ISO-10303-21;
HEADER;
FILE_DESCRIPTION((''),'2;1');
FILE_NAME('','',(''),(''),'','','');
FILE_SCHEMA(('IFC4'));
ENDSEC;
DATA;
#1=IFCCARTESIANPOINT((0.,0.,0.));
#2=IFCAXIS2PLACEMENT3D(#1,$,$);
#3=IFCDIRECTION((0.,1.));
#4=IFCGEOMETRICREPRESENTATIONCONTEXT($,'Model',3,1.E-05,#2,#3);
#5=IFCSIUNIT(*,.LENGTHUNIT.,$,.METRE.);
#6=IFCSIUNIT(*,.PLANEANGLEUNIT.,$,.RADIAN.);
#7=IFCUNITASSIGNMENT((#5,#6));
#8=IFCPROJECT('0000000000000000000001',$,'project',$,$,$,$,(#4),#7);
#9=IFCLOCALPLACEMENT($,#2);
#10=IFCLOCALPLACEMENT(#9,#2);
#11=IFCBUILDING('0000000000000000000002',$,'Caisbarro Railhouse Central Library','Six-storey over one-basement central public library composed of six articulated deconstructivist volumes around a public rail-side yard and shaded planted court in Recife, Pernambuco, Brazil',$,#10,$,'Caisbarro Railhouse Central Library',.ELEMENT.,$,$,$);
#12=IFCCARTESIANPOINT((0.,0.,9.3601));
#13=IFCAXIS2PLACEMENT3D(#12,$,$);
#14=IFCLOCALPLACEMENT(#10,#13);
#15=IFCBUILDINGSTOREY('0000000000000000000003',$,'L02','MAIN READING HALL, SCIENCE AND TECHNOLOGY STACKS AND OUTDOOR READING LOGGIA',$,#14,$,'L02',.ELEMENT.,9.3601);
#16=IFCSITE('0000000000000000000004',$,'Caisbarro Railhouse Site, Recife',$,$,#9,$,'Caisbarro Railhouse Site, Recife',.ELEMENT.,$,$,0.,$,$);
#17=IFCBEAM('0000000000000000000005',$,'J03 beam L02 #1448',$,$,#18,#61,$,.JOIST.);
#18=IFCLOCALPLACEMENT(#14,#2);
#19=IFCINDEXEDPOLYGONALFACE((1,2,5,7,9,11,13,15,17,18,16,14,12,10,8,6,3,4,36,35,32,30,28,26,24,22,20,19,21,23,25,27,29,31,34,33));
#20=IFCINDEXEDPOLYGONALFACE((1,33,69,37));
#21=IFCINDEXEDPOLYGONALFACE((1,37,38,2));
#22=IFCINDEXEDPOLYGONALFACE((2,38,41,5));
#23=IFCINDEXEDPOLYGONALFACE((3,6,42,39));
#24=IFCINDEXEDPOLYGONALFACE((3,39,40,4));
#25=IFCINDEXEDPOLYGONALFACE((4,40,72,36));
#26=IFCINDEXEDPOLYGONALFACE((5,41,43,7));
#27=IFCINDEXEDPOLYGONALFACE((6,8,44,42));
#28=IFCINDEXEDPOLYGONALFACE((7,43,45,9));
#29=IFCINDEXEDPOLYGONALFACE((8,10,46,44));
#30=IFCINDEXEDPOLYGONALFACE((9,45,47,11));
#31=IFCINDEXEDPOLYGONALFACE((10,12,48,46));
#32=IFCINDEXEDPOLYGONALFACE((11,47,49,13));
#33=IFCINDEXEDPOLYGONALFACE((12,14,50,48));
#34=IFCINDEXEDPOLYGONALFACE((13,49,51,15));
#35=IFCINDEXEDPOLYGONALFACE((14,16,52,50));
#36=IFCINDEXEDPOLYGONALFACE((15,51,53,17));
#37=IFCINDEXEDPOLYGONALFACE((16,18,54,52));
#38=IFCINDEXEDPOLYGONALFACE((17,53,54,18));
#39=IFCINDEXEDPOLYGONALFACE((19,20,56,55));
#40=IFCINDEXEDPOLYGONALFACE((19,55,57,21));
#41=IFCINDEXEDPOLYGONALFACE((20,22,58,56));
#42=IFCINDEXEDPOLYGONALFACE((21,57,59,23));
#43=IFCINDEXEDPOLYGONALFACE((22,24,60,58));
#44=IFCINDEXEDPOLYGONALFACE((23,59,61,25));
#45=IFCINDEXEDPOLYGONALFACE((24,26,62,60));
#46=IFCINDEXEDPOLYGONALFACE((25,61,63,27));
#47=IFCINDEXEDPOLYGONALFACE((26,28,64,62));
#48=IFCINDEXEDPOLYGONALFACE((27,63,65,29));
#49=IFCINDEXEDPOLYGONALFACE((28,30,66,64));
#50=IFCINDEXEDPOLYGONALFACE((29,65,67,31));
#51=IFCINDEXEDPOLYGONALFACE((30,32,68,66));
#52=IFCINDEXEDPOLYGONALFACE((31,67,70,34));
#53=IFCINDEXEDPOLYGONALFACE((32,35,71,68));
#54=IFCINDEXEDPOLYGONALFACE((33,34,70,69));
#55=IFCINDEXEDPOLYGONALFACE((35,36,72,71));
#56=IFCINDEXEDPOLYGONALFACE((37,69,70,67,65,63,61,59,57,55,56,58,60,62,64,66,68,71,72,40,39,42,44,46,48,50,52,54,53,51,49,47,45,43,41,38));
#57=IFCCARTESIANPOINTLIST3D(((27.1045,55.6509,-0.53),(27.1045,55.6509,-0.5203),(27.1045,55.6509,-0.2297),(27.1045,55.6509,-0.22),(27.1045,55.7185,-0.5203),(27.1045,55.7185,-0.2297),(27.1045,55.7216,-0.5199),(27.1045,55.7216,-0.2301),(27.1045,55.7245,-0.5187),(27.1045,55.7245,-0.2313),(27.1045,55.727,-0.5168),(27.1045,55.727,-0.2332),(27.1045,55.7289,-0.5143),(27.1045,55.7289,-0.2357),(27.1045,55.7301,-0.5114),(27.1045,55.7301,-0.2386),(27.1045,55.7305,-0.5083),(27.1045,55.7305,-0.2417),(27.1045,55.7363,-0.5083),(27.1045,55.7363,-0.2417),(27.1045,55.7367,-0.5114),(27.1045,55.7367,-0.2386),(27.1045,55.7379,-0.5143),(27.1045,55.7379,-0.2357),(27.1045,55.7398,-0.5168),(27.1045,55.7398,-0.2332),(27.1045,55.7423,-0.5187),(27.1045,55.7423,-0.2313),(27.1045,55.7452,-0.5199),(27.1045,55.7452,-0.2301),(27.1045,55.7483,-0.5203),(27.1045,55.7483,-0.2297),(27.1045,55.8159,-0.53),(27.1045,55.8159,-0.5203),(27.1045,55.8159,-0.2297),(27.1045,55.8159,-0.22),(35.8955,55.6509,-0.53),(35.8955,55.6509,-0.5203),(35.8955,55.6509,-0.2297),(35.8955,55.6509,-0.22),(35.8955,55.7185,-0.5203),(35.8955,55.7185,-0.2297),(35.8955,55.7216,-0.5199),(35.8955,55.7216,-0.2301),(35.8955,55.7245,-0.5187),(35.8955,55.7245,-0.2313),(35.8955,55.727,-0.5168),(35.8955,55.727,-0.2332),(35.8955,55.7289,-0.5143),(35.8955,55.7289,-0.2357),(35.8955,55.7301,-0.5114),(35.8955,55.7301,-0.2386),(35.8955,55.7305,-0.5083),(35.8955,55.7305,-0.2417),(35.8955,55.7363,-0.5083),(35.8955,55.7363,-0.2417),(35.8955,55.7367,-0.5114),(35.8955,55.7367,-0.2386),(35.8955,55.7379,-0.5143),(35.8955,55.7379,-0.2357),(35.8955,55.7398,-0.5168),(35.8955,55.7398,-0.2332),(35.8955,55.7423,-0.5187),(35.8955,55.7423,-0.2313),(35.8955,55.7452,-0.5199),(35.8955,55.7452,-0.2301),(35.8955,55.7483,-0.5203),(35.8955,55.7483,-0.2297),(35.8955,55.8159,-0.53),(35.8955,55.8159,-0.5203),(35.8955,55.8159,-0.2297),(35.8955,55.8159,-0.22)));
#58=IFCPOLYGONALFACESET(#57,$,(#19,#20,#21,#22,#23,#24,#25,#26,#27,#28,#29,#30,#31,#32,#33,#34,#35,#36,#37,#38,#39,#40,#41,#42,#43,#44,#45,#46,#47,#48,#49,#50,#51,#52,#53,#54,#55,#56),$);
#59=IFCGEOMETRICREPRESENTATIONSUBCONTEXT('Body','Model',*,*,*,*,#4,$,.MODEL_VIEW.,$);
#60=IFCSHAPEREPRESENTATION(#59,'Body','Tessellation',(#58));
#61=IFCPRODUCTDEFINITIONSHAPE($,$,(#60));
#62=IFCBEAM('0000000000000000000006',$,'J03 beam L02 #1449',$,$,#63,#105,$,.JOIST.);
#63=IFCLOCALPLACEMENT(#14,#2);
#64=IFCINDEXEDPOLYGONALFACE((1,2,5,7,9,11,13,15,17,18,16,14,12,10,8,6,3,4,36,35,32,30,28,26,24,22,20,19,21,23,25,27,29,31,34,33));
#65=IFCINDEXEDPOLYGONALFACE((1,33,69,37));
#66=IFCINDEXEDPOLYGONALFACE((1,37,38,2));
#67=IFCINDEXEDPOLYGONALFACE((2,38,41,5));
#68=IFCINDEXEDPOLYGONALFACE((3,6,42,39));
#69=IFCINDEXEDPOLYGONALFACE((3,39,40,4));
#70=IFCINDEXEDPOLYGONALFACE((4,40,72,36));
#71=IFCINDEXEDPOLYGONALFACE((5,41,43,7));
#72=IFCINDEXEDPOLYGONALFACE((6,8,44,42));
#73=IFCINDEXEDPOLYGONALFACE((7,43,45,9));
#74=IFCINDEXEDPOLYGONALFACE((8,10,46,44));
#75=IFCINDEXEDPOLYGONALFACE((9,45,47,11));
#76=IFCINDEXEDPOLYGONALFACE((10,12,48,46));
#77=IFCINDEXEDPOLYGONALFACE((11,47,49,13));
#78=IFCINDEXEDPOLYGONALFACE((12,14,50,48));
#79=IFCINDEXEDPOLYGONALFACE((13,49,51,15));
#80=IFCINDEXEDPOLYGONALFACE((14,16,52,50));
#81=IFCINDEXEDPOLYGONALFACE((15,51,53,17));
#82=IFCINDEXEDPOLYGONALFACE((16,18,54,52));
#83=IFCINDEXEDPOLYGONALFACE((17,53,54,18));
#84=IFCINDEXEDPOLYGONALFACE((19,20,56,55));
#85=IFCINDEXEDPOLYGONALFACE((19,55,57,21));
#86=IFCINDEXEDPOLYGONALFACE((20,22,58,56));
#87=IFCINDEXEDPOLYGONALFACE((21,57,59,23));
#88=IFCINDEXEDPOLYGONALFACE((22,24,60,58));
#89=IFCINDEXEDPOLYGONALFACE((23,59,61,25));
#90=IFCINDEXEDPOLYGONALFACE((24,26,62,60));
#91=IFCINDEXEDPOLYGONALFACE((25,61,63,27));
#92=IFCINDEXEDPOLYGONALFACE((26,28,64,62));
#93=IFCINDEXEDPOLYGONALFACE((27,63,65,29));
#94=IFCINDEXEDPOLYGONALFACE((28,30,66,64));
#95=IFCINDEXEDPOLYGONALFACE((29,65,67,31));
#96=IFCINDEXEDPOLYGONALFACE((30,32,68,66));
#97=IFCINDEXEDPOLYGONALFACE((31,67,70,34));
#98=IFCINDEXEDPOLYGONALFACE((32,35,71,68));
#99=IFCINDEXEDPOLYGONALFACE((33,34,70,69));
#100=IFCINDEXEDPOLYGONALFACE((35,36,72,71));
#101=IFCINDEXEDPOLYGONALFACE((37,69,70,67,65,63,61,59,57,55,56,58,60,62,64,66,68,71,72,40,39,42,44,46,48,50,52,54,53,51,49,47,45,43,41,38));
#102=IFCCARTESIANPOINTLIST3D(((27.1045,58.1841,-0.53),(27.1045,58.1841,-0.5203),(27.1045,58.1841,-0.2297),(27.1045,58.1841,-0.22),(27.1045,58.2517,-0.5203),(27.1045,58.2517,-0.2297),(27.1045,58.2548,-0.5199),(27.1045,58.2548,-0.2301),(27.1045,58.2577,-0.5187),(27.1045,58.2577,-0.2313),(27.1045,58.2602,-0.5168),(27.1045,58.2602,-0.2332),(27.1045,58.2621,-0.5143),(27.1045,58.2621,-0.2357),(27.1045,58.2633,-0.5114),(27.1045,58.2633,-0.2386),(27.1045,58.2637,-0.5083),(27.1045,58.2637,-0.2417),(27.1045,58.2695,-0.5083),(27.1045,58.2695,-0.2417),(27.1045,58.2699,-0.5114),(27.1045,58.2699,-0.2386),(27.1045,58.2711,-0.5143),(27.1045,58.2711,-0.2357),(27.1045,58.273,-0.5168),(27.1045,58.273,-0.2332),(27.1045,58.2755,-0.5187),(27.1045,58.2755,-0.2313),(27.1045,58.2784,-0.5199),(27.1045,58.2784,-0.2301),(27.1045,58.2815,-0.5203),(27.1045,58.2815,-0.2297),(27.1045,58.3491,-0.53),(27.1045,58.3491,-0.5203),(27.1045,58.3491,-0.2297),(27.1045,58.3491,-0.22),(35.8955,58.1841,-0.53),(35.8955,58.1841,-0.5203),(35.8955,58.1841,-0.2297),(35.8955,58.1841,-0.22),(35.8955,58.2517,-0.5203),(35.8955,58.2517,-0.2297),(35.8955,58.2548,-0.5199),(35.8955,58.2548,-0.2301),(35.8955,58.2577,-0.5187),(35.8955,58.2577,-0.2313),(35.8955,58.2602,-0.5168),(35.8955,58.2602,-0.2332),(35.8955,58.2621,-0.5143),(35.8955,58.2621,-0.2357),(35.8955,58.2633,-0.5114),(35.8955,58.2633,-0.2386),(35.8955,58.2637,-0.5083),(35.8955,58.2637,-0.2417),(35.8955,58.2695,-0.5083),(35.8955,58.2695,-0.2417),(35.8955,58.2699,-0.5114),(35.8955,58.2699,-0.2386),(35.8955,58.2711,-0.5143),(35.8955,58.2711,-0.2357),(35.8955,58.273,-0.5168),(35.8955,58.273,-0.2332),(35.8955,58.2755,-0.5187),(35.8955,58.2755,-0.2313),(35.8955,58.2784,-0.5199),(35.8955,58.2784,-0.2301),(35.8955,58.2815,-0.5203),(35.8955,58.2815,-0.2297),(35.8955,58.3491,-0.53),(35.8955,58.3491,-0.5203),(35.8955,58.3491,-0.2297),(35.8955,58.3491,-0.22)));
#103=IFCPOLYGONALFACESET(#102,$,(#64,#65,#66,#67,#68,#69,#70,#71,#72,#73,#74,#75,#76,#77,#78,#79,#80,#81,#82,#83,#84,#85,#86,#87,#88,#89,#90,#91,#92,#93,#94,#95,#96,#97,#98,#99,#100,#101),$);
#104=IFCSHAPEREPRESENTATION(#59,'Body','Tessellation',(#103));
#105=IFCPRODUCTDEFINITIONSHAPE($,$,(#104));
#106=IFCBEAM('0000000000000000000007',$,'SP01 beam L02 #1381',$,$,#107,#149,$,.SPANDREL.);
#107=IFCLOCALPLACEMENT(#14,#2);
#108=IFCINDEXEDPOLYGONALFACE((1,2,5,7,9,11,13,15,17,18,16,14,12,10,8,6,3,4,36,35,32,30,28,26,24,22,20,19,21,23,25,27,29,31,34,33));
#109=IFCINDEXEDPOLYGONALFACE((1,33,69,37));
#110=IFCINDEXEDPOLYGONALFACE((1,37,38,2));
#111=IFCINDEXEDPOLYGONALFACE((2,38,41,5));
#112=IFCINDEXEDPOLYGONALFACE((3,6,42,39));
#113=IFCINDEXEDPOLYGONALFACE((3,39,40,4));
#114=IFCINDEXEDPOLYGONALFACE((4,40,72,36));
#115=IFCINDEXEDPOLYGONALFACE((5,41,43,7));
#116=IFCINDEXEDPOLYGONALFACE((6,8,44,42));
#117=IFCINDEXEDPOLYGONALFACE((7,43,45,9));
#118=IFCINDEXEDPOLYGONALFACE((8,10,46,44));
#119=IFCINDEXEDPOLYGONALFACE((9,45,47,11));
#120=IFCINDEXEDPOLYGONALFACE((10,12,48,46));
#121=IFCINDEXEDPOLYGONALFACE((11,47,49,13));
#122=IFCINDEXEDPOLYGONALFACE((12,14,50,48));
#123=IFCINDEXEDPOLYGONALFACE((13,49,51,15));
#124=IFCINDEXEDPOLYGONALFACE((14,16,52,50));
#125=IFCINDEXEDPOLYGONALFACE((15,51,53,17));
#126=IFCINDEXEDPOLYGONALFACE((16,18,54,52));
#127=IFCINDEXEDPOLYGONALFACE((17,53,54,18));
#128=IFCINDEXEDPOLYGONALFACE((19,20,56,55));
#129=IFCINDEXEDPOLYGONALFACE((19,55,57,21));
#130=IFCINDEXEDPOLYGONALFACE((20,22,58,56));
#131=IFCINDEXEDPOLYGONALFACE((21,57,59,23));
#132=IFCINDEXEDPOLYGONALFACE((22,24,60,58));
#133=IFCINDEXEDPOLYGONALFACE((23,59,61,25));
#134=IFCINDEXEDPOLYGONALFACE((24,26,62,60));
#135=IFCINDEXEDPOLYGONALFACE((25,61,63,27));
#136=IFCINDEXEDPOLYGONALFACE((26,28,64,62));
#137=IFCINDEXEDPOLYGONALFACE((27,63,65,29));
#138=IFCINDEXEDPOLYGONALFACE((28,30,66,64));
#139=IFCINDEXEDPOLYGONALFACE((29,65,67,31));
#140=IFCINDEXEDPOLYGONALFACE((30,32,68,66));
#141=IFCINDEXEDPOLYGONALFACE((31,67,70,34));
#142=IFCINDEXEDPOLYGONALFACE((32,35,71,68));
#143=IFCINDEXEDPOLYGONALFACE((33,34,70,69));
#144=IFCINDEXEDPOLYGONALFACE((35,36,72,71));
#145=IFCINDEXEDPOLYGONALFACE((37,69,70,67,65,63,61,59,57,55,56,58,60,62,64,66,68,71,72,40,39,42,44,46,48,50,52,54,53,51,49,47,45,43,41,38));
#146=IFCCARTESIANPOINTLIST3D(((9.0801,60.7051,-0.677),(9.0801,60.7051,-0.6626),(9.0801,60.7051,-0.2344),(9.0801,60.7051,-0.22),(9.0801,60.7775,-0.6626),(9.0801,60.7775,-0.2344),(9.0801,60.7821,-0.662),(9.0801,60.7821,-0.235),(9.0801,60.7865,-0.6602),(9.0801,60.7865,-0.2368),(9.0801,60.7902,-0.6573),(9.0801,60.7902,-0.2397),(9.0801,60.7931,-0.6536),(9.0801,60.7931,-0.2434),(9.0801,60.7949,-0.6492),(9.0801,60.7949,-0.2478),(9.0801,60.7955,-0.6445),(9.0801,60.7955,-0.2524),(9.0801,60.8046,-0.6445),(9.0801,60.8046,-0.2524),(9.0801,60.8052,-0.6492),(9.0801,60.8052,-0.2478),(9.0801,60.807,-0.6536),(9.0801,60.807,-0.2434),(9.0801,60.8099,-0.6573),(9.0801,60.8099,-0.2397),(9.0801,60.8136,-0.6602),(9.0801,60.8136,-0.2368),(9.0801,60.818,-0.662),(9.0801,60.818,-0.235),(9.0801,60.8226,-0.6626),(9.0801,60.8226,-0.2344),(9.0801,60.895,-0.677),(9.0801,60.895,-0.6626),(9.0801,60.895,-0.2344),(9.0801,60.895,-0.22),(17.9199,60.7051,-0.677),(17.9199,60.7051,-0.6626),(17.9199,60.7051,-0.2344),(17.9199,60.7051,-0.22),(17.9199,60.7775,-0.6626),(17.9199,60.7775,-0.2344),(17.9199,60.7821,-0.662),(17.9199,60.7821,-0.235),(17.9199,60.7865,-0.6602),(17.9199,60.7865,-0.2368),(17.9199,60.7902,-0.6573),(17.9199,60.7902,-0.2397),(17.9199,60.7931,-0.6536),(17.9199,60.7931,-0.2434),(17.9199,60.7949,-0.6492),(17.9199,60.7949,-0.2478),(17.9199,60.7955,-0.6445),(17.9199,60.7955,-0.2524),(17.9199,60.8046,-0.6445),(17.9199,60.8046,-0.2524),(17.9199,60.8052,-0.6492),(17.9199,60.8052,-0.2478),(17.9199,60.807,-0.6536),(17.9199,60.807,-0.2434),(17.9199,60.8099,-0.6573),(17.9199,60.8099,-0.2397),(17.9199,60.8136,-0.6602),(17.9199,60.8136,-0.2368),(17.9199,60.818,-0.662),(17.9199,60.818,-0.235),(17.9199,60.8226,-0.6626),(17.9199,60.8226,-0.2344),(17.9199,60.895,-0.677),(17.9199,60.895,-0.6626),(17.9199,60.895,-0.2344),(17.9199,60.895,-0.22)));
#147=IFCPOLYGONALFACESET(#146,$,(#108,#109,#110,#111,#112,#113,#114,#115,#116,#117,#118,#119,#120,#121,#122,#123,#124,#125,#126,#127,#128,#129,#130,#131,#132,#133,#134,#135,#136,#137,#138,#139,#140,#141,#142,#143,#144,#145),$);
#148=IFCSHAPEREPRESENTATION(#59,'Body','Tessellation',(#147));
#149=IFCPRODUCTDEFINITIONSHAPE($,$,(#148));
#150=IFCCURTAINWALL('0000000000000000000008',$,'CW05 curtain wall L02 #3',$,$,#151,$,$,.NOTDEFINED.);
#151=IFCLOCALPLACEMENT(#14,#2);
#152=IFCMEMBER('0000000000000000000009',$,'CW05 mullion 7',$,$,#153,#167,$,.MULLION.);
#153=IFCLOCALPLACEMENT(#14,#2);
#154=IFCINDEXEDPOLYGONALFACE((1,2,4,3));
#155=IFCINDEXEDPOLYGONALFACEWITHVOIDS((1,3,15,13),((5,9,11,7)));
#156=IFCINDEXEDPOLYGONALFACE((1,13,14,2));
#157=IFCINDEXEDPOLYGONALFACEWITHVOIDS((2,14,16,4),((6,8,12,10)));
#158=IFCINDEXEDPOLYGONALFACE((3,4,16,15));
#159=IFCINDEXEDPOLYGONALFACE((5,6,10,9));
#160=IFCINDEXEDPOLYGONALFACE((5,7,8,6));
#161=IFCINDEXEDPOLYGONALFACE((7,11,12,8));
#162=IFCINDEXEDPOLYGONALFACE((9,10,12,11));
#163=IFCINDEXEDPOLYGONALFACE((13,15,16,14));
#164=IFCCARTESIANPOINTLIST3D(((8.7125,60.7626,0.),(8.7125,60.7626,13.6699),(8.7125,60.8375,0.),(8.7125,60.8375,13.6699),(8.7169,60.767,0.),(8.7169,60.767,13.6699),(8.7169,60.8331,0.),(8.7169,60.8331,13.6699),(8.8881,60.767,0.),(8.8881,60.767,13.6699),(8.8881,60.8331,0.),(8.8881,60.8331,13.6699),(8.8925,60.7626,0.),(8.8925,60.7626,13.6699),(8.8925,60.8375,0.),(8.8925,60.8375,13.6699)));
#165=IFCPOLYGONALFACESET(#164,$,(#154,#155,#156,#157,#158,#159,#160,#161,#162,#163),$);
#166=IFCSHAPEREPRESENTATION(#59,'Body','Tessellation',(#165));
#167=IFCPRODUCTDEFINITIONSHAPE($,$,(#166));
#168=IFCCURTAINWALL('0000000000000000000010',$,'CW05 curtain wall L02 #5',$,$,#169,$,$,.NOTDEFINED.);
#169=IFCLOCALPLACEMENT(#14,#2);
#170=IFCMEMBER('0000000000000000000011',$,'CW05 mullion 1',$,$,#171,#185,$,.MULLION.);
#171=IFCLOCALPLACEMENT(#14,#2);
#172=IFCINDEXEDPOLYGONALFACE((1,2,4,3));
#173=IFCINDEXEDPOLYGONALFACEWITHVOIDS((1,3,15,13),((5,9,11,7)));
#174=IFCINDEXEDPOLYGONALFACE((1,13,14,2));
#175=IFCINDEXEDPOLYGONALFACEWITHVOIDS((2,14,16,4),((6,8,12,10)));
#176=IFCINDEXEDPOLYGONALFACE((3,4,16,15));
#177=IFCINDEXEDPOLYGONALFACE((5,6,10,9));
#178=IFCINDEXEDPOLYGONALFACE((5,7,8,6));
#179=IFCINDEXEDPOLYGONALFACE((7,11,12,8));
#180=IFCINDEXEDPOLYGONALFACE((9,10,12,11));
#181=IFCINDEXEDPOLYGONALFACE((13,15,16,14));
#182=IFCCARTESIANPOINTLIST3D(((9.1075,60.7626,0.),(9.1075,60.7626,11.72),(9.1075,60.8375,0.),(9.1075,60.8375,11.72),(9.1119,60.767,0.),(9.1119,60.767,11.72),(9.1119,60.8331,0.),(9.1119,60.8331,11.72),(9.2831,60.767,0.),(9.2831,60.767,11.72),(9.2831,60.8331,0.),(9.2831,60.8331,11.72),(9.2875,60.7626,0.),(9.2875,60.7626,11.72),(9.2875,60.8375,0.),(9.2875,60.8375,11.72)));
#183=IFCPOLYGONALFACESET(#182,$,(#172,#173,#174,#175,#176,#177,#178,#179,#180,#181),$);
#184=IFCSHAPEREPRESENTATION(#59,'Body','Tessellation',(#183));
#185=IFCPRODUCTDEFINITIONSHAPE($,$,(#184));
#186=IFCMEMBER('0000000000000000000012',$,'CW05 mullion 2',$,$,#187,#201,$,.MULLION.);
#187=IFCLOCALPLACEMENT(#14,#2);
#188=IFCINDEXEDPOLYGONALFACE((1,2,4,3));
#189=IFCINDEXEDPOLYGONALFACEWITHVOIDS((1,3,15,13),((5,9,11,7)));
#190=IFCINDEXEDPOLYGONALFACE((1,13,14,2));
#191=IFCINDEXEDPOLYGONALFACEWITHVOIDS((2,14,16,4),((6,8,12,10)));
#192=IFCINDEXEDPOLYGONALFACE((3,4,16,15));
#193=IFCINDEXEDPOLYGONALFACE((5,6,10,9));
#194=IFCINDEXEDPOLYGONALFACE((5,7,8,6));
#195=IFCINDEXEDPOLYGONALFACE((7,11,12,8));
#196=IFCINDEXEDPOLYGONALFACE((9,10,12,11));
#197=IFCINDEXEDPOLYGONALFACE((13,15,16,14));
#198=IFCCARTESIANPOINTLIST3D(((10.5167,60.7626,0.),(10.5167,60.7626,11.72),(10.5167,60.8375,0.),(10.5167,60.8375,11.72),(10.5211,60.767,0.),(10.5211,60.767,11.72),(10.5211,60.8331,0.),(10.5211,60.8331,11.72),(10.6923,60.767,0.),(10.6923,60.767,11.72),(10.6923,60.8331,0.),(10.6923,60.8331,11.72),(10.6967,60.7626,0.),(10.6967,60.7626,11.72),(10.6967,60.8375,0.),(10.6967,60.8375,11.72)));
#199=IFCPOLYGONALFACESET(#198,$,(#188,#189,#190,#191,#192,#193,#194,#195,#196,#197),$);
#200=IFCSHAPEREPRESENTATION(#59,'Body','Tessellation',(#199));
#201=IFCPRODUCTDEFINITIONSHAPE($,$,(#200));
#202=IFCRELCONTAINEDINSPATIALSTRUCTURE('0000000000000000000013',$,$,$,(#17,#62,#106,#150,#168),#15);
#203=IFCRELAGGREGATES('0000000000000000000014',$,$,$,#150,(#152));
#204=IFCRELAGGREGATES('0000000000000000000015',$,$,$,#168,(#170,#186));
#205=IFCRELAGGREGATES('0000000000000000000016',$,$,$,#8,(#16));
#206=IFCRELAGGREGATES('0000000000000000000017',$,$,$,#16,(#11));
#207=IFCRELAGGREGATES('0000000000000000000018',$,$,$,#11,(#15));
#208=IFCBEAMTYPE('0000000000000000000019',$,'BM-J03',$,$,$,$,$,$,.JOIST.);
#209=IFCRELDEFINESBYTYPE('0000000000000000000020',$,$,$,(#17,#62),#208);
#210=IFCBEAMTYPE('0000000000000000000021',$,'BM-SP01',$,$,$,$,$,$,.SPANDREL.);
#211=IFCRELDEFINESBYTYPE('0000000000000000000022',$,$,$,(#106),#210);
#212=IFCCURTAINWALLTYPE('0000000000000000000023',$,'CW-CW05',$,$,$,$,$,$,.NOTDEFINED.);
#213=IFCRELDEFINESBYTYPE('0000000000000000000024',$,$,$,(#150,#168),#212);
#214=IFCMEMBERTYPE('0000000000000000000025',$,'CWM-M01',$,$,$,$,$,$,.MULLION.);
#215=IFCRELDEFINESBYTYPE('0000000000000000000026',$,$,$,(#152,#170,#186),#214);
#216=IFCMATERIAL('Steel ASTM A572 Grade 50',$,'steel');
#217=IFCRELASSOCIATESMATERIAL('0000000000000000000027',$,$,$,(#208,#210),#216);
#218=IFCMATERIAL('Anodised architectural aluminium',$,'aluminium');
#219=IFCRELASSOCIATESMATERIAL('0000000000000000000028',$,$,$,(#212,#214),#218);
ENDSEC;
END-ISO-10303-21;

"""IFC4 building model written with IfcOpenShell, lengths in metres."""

from ifc_helpers import new_model, si_unit, direction, frame, origin, origin_2d, place, context, subcontext, project, spatial, hollow_rectangle, i_section, extrude, material, material_profile, profile_set, type_object, element, aggregate, save


model = new_model("IFC4")

# Units and contexts
model_context = context("Model", 3, precision=1e-05, world=origin(), true_north=direction((0.0, 1.0)))
body_context = subcontext(model_context, "Body", "Model", "MODEL_VIEW")
ifc_project = project(units=[si_unit("LENGTHUNIT", "METRE"), si_unit("PLANEANGLEUNIT", "RADIAN")], contexts=[model_context])

# Site, building, storey
site_placement = place(None, origin())
site = spatial("IfcSite", under=ifc_project, at=site_placement, Name="Caisbarro Railhouse Site, Recife", LongName="Caisbarro Railhouse Site, Recife", CompositionType="ELEMENT", RefElevation=0.0)
building_placement = place(site_placement, origin())
building = spatial("IfcBuilding", under=site, at=building_placement, Name="Caisbarro Railhouse Central Library", Description="Six-storey over one-basement central public library composed of six articulated deconstructivist volumes around a public rail-side yard and shaded planted court in Recife, Pernambuco, Brazil", LongName="Caisbarro Railhouse Central Library", CompositionType="ELEMENT")
storey_placement = place(building_placement, frame((0.0, 0.0, 9.3601)))
storey = spatial("IfcBuildingStorey", under=building, at=storey_placement, Name="L02", Description="MAIN READING HALL, SCIENCE AND TECHNOLOGY STACKS AND OUTDOOR READING LOGGIA", LongName="L02", CompositionType="ELEMENT", Elevation=9.3601)

# Shared definitions
ifc_material_1 = material(Name="Steel ASTM A572 Grade 50", Category="steel")

# Beams
ifc_material_profile_1 = material_profile(ifc_material_1, i_section(OverallWidth=0.165, OverallDepth=0.3101, WebThickness=0.0059, FlangeThickness=0.0098, FilletRadius=0.012, at=origin_2d()), Name="W310X38.7")
ifc_profile_set_1 = profile_set([ifc_material_profile_1], Name="Steel ASTM A572 Grade 50")
beam_type_1 = type_object("IfcBeamType", Name="BM-J03", PredefinedType="JOIST", material=ifc_profile_set_1)
for number, where, z_axis, x_axis, name in (
    (1, (27.1045, 55.7334, -0.375), (1.0, 0.0, 0.0), (0.0, 1.0, 0.0), "J03 beam L02 #1448"),
    (2, (27.1045, 58.2666, -0.375), (1.0, 0.0, 0.0), (0.0, 1.0, 0.0), "J03 beam L02 #1449"),
):
    element("IfcBeam", number, at=place(storey_placement, frame(where, z_axis=z_axis, x_axis=x_axis)), inside=storey, type_object=beam_type_1, Name=name, PredefinedType="JOIST", context=body_context, shape_type="SweptSolid", body=[
        extrude(i_section(OverallWidth=0.165, OverallDepth=0.3101, WebThickness=0.0059, FlangeThickness=0.0098, FilletRadius=0.012, at=origin_2d()), origin(), (0.0, 0.0, 1.0), 8.791),
    ])
ifc_material_profile_2 = material_profile(ifc_material_1, i_section(OverallWidth=0.1899, OverallDepth=0.457, WebThickness=0.009, FlangeThickness=0.0144, FilletRadius=0.0181, at=origin_2d()), Name="W460X74.0")
ifc_profile_set_2 = profile_set([ifc_material_profile_2], Name="Steel ASTM A572 Grade 50")
beam_type_2 = type_object("IfcBeamType", Name="BM-SP01", PredefinedType="SPANDREL", material=ifc_profile_set_2)
beam_placement = place(storey_placement, frame((9.0801, 60.8, -0.4485), z_axis=(1.0, 0.0, 0.0), x_axis=(0.0, 1.0, 0.0)))
element("IfcBeam", 3, at=beam_placement, inside=storey, type_object=beam_type_2, Name="SP01 beam L02 #1381", PredefinedType="SPANDREL", context=body_context, shape_type="SweptSolid", body=[
    extrude(i_section(OverallWidth=0.1899, OverallDepth=0.457, WebThickness=0.009, FlangeThickness=0.0144, FilletRadius=0.0181, at=origin_2d()), origin(), (0.0, 0.0, 1.0), 8.8398),
])

# Curtain wall, member
ifc_material_2 = material(Name="Anodised architectural aluminium", Category="aluminium")
curtain_wall_type = type_object("IfcCurtainWallType", Name="CW-CW05", PredefinedType="NOTDEFINED", material=ifc_material_2)
curtain_wall_1_placement = place(storey_placement, origin())
curtain_wall_1 = element("IfcCurtainWall", 4, at=curtain_wall_1_placement, inside=storey, type_object=curtain_wall_type, Name="CW05 curtain wall L02 #3", PredefinedType="NOTDEFINED")
ifc_material_profile_3 = material_profile(ifc_material_2, hollow_rectangle(XDim=0.075, YDim=0.1799, WallThickness=0.0044, at=origin_2d()), Name="ALU-MUL-75X180")
ifc_profile_set_3 = profile_set([ifc_material_profile_3], Name="Anodised architectural aluminium")
member_type_1 = type_object("IfcMemberType", Name="CWM-M01", PredefinedType="MULLION", material=ifc_profile_set_3)
member_1_placement = place(storey_placement, frame((8.8025, 60.8, 0.0), z_axis=(0.0, 0.0, 1.0), x_axis=(0.0, 1.0, 0.0)))
member_1 = element("IfcMember", 5, at=member_1_placement, type_object=member_type_1, Name="CW05 mullion 7", PredefinedType="MULLION", context=body_context, shape_type="SweptSolid", body=[
    extrude(hollow_rectangle(XDim=0.075, YDim=0.1799, WallThickness=0.0044, at=origin_2d()), origin(), (0.0, 0.0, 1.0), 13.6699),
])

# Curtain wall, members
curtain_wall_2_placement = place(storey_placement, origin())
curtain_wall_2 = element("IfcCurtainWall", 6, at=curtain_wall_2_placement, inside=storey, type_object=curtain_wall_type, Name="CW05 curtain wall L02 #5", PredefinedType="NOTDEFINED")
member_2_placement = place(storey_placement, frame((9.1975, 60.8, 0.0), z_axis=(0.0, 0.0, 1.0), x_axis=(0.0, 1.0, 0.0)))
member_2 = element("IfcMember", 7, at=member_2_placement, type_object=member_type_1, Name="CW05 mullion 1", PredefinedType="MULLION", context=body_context, shape_type="SweptSolid", body=[
    extrude(hollow_rectangle(XDim=0.075, YDim=0.1799, WallThickness=0.0044, at=origin_2d()), origin(), (0.0, 0.0, 1.0), 11.72),
])
member_3_placement = place(storey_placement, frame((10.6067, 60.8, 0.0), z_axis=(0.0, 0.0, 1.0), x_axis=(0.0, 1.0, 0.0)))
member_3 = element("IfcMember", 8, at=member_3_placement, type_object=member_type_1, Name="CW05 mullion 2", PredefinedType="MULLION", context=body_context, shape_type="SweptSolid", body=[
    extrude(hollow_rectangle(XDim=0.075, YDim=0.1799, WallThickness=0.0044, at=origin_2d()), origin(), (0.0, 0.0, 1.0), 11.72),
])

aggregate(curtain_wall_1, [member_1])
aggregate(curtain_wall_2, [member_2, member_3])

save(model, "model.ifc")
